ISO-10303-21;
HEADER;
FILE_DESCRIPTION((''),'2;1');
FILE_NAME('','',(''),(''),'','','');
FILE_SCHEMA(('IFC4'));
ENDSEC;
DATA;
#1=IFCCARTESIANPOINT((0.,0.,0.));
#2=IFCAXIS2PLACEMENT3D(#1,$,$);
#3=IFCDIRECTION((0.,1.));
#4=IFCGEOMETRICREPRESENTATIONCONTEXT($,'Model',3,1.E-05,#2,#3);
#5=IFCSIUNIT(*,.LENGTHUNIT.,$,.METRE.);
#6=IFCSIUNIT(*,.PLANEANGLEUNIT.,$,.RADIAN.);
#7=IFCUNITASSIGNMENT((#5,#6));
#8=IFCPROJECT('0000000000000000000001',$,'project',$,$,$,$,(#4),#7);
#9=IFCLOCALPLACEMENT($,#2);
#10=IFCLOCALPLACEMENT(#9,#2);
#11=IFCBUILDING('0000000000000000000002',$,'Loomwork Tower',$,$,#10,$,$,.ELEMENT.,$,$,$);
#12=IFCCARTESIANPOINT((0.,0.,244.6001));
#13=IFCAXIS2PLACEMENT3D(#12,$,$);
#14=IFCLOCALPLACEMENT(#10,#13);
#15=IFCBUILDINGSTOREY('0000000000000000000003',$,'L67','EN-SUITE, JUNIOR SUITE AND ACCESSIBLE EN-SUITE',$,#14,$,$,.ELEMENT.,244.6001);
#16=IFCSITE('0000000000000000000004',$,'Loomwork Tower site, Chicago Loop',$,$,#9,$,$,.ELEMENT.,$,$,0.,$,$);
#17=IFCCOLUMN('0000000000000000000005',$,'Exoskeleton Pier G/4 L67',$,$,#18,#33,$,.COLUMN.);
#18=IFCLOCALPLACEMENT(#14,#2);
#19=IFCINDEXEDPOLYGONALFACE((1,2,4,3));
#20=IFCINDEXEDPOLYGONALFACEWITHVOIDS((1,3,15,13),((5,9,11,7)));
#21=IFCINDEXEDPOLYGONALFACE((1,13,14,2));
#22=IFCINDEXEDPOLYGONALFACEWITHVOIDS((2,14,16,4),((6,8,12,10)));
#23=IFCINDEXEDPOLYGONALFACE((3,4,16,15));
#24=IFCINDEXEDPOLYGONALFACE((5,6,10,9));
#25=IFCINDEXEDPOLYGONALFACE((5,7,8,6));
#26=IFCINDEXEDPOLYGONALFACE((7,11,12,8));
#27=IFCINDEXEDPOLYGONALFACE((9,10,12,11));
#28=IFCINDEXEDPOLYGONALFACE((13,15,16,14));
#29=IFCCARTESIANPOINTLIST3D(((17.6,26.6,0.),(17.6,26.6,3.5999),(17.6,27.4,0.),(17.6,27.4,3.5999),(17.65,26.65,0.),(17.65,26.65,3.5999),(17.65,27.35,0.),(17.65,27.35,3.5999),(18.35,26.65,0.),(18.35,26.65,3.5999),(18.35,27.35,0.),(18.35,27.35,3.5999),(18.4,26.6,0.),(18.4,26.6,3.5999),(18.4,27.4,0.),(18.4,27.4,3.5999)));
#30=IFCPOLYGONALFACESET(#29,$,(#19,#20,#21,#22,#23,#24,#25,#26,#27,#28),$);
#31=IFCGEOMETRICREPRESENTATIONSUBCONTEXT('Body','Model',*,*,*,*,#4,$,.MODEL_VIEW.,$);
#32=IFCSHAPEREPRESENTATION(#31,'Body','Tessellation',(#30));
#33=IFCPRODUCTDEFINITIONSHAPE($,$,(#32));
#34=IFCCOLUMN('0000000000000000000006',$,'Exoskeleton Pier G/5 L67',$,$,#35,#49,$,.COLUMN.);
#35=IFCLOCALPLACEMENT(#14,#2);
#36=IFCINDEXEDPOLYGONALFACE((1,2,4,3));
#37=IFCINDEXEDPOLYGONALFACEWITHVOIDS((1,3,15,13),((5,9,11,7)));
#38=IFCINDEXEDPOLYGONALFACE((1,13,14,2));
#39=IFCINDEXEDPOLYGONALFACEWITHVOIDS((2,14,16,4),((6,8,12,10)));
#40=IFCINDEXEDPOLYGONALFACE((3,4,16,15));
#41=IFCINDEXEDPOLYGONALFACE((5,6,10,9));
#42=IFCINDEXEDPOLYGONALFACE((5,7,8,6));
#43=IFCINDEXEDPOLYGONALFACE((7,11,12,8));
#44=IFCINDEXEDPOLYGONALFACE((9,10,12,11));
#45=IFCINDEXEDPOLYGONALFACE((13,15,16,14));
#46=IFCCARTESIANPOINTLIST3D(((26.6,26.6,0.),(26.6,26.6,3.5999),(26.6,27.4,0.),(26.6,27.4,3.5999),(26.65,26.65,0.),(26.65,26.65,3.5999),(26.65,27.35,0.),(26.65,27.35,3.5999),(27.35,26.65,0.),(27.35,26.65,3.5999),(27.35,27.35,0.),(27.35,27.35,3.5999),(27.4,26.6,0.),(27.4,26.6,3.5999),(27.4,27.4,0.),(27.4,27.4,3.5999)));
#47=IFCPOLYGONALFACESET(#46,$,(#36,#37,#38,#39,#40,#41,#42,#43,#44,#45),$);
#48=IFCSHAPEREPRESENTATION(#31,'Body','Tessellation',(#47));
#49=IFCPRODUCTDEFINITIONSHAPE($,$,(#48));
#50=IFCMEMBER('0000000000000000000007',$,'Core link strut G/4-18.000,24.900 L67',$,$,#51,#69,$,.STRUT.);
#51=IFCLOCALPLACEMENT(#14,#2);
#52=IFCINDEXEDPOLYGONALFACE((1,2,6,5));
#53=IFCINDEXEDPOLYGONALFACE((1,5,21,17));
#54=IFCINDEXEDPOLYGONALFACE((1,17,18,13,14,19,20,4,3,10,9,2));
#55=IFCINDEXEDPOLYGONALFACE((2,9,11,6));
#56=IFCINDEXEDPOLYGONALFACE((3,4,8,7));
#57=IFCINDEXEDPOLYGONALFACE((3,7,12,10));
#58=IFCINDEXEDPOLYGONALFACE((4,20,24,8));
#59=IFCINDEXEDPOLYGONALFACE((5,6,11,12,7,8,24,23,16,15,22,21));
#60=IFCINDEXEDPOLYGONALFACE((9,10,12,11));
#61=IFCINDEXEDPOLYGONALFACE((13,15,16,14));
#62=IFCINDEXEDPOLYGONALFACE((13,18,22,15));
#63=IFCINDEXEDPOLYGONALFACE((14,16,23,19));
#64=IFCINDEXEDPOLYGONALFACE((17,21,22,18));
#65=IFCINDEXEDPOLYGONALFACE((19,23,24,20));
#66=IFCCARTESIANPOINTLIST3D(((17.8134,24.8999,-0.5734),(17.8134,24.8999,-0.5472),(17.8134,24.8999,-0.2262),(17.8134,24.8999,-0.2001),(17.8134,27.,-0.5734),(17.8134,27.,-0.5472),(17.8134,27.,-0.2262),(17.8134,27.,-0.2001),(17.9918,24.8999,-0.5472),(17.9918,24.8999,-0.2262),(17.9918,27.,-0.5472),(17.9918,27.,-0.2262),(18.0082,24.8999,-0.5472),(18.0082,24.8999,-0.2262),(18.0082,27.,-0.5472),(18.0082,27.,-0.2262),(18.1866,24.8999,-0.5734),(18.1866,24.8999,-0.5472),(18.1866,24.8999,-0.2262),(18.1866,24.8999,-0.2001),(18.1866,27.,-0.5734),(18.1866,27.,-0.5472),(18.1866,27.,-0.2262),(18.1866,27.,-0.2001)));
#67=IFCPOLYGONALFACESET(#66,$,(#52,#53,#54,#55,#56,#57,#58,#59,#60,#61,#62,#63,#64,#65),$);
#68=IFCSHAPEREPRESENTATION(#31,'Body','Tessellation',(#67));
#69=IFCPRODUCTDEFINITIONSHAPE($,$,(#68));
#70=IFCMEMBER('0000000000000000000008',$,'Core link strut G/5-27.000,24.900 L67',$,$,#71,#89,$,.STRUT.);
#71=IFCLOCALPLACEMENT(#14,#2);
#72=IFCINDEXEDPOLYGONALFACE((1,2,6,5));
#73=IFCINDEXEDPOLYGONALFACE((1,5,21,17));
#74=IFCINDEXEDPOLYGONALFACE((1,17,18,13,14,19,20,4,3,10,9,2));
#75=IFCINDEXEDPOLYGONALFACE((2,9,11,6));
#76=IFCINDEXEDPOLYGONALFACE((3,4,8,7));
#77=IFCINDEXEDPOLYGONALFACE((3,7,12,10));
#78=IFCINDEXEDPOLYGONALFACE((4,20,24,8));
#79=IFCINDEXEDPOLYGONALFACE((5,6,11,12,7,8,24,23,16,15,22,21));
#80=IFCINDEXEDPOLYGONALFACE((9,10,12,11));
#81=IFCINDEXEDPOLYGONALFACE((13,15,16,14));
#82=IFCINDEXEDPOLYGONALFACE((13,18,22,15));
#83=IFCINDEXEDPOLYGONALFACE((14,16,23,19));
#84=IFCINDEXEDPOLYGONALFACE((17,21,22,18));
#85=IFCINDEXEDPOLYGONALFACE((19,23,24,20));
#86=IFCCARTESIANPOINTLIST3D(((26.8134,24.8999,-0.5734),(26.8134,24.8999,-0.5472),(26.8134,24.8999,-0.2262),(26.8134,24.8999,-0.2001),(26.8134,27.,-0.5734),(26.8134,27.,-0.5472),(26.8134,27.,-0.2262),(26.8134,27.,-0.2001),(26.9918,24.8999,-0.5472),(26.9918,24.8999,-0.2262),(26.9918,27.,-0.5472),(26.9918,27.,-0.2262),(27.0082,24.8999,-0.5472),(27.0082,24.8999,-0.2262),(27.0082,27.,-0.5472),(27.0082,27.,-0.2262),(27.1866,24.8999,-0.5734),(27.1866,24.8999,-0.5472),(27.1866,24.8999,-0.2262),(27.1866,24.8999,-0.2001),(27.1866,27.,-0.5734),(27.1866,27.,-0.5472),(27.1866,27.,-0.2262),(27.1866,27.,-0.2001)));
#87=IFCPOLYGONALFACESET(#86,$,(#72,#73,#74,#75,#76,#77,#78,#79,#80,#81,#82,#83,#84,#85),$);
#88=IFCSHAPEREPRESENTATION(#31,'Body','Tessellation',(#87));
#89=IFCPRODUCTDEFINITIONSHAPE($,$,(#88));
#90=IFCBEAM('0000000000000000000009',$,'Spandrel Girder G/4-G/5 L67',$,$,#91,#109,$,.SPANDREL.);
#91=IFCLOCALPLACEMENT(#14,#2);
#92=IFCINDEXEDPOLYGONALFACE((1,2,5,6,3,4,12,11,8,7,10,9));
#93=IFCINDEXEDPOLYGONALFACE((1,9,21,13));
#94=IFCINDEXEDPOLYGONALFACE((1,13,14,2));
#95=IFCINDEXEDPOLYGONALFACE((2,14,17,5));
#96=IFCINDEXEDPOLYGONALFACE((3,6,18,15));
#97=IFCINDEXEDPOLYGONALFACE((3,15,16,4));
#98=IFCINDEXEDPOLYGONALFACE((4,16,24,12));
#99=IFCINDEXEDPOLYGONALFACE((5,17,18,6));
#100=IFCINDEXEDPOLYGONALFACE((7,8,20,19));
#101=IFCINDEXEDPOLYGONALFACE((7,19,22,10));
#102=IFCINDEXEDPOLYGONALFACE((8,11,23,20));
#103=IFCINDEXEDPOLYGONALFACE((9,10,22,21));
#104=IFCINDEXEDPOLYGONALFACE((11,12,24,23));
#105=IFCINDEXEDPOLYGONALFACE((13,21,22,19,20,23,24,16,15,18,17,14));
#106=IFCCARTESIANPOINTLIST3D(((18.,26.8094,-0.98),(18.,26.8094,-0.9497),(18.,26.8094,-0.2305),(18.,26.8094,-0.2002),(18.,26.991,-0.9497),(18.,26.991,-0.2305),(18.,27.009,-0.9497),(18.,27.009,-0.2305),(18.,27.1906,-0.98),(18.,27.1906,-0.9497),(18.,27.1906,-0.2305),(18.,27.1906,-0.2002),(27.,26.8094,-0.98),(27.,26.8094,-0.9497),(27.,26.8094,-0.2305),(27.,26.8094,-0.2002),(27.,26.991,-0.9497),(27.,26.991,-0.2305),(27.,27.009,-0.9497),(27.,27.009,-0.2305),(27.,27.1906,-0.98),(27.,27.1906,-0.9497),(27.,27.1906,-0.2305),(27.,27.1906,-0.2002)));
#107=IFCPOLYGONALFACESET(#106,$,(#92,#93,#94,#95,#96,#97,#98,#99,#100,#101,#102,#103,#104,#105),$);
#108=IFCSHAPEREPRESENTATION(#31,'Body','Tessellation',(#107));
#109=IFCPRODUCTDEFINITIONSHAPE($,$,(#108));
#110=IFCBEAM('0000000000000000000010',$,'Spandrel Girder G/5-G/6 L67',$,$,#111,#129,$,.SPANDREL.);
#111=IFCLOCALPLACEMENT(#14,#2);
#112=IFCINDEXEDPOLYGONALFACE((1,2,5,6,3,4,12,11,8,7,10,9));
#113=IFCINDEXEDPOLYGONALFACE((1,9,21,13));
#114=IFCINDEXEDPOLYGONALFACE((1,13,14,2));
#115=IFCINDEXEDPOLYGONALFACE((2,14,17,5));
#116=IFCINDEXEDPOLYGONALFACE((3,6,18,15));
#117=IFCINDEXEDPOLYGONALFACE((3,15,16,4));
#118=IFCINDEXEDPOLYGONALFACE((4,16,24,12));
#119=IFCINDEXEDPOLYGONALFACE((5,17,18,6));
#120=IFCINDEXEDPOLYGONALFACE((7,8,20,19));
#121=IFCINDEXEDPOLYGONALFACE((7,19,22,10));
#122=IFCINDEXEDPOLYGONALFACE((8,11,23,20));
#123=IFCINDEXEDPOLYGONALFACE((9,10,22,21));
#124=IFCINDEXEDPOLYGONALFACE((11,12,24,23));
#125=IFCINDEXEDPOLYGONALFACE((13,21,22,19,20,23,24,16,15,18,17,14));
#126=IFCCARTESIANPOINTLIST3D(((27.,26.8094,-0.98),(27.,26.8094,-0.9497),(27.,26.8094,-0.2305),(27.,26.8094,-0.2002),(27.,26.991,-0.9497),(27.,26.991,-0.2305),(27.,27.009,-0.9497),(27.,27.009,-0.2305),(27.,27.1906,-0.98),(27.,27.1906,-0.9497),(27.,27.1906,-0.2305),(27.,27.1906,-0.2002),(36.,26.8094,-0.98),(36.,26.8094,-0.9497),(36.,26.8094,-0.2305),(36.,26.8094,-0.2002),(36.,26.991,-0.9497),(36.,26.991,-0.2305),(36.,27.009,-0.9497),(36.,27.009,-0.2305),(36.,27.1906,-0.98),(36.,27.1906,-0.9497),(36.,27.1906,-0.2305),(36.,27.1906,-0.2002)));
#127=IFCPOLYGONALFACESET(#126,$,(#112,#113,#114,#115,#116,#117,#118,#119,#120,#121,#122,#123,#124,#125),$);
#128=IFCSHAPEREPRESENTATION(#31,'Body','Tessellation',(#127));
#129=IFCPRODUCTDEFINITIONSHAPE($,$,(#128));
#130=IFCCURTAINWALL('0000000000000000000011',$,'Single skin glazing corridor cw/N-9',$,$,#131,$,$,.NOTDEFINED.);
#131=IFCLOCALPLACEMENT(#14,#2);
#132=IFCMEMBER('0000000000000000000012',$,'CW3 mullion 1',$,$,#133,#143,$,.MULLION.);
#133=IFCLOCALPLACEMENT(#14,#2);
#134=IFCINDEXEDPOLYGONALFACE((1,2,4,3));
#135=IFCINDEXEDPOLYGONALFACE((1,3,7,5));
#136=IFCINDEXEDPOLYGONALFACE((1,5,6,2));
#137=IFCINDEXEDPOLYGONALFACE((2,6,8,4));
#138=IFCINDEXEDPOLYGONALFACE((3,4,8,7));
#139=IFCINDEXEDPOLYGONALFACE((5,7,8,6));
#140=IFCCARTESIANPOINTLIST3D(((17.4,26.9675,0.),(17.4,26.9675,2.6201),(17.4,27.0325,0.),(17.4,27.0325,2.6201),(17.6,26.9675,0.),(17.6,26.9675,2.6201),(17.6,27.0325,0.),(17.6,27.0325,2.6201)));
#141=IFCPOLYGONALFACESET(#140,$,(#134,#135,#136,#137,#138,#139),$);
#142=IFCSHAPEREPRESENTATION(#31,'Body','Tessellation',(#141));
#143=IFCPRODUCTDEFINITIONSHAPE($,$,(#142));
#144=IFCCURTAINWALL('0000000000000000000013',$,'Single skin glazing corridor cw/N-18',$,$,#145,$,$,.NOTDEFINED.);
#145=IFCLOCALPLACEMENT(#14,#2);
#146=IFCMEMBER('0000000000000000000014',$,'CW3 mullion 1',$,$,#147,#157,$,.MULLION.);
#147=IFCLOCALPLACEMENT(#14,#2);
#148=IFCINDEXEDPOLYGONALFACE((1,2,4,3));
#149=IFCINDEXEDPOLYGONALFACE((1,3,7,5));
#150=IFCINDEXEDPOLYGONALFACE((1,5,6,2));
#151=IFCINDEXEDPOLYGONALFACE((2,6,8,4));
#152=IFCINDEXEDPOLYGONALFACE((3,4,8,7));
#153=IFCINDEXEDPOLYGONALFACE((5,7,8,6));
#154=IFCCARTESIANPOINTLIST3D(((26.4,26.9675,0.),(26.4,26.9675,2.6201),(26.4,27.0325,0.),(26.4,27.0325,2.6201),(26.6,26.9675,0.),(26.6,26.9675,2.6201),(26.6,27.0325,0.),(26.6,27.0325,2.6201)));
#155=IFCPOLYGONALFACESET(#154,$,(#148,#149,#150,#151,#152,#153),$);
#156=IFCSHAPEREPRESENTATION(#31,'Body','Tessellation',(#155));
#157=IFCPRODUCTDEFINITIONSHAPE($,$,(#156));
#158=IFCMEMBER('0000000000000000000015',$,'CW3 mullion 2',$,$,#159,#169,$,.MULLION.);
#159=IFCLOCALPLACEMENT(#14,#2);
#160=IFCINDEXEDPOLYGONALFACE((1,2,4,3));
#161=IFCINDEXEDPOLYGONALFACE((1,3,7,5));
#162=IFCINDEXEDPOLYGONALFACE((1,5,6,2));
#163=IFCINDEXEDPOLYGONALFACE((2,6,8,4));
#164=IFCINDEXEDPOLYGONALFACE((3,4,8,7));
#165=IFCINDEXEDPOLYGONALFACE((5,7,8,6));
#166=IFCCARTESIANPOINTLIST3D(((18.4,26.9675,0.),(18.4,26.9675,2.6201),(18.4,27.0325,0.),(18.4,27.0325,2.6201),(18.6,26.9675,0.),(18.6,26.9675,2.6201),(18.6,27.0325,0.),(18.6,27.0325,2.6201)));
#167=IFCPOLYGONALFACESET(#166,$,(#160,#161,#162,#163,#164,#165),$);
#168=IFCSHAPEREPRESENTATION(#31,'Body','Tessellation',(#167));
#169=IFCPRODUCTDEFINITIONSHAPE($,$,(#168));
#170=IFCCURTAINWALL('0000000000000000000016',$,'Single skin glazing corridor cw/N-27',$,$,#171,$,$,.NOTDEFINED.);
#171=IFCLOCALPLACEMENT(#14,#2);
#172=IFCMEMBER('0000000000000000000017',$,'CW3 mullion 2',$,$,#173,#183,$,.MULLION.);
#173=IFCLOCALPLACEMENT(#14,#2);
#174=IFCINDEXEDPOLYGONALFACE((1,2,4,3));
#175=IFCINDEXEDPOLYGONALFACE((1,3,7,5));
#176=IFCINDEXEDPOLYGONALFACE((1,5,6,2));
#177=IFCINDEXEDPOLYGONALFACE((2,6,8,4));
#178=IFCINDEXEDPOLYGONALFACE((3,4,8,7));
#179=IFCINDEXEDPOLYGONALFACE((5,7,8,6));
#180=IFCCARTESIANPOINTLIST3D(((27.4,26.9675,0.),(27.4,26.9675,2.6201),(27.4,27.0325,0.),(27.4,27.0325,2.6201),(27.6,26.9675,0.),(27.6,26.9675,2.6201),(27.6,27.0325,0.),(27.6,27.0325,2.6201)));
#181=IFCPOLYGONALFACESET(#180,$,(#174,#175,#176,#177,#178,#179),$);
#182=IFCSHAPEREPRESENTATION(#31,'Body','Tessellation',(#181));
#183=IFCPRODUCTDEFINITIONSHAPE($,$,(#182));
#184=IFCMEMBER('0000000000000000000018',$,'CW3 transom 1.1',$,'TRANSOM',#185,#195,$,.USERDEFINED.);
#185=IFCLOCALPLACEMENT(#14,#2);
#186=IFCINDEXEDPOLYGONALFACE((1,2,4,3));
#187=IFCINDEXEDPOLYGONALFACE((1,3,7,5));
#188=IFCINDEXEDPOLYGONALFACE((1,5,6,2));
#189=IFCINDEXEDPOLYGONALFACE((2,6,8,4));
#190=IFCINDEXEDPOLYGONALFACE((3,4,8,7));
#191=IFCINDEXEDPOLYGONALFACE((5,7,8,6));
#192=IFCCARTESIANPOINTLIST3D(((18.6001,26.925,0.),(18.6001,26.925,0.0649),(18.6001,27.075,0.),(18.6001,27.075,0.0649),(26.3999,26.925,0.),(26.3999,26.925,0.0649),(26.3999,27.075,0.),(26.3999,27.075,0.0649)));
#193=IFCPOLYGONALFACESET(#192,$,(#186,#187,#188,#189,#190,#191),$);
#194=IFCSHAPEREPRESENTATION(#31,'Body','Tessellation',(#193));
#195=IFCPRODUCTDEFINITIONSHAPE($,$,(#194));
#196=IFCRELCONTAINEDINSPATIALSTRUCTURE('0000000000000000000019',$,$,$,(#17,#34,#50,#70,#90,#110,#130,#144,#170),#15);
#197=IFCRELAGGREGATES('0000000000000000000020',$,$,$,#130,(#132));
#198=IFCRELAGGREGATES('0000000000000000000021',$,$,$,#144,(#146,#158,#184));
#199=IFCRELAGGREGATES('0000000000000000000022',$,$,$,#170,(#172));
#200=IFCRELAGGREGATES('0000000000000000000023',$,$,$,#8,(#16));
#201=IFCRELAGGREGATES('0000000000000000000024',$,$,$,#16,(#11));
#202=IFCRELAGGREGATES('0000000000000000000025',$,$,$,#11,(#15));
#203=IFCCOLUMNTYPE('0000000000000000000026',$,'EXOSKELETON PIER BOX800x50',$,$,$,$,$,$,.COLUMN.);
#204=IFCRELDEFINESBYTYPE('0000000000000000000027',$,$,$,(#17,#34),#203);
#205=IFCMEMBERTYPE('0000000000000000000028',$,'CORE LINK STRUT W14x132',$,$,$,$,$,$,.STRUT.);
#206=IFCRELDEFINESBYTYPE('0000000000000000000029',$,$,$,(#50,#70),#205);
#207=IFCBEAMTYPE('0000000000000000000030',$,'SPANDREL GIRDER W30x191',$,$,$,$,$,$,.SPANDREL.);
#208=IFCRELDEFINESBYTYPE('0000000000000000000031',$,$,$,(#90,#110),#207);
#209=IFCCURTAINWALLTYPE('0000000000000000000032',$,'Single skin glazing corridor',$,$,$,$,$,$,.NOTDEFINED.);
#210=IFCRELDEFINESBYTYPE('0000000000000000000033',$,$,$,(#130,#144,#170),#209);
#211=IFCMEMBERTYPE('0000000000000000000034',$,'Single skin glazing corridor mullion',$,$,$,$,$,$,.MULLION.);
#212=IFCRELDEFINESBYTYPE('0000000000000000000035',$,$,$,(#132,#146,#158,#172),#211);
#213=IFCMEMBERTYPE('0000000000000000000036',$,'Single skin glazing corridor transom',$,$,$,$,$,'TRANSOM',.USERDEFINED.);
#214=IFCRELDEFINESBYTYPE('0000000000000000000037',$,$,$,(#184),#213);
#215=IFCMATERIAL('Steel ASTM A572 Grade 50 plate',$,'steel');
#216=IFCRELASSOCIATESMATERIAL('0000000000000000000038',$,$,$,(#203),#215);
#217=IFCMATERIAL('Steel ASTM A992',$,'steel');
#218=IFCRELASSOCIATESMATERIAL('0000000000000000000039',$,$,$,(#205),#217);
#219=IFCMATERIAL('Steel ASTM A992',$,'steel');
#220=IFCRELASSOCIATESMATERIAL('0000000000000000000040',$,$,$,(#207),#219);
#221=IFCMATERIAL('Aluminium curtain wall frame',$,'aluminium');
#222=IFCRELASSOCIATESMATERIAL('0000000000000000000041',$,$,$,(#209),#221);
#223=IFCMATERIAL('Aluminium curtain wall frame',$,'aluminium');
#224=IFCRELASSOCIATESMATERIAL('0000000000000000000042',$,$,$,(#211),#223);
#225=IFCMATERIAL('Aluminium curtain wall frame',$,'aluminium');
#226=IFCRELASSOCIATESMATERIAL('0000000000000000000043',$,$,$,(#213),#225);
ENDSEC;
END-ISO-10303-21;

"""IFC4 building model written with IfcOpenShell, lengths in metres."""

from ifc_helpers import new_model, si_unit, direction, frame, origin, origin_2d, place, context, subcontext, project, spatial, rectangle, hollow_rectangle, i_section, extrude, material, material_profile, profile_set, type_object, element, aggregate, save


model = new_model("IFC4")

# Units and contexts
model_context = context("Model", 3, precision=1e-05, world=origin(), true_north=direction((0.0, 1.0)))
body_context = subcontext(model_context, "Body", "Model", "MODEL_VIEW")
ifc_project = project(units=[si_unit("LENGTHUNIT", "METRE"), si_unit("PLANEANGLEUNIT", "RADIAN")], contexts=[model_context])

# Site, building, storey
site_placement = place(None, origin())
site = spatial("IfcSite", under=ifc_project, at=site_placement, Name="Loomwork Tower site, Chicago Loop", CompositionType="ELEMENT", RefElevation=0.0)
building_placement = place(site_placement, origin())
building = spatial("IfcBuilding", under=site, at=building_placement, Name="Loomwork Tower", CompositionType="ELEMENT")
storey_placement = place(building_placement, frame((0.0, 0.0, 244.6001)))
storey = spatial("IfcBuildingStorey", under=building, at=storey_placement, Name="L67", Description="EN-SUITE, JUNIOR SUITE AND ACCESSIBLE EN-SUITE", CompositionType="ELEMENT", Elevation=244.6001)

# Columns
ifc_material_1 = material(Name="Steel ASTM A572 Grade 50 plate", Category="steel")
ifc_material_profile_1 = material_profile(ifc_material_1, hollow_rectangle(XDim=0.8, YDim=0.8, WallThickness=0.05, at=origin_2d()), Name="BOX800x50")
ifc_profile_set_1 = profile_set([ifc_material_profile_1], Name="Steel ASTM A572 Grade 50 plate")
column_type = type_object("IfcColumnType", Name="EXOSKELETON PIER BOX800x50", PredefinedType="COLUMN", material=ifc_profile_set_1)
for number, where, z_axis, x_axis, name in (
    (1, (18.0, 27.0, 0.0), (0.0, 0.0, 1.0), (1.0, 0.0, 0.0), "Exoskeleton Pier G/4 L67"),
    (2, (27.0, 27.0, 0.0), (0.0, 0.0, 1.0), (1.0, 0.0, 0.0), "Exoskeleton Pier G/5 L67"),
):
    element("IfcColumn", number, at=place(storey_placement, frame(where, z_axis=z_axis, x_axis=x_axis)), inside=storey, type_object=column_type, Name=name, PredefinedType="COLUMN", context=body_context, shape_type="SweptSolid", body=[
        extrude(hollow_rectangle(XDim=0.8, YDim=0.8, WallThickness=0.05, at=origin_2d()), origin(), (0.0, 0.0, 1.0), 3.5999),
    ])

# Members
ifc_material_2 = material(Name="Steel ASTM A992", Category="steel")
ifc_material_profile_2 = material_profile(ifc_material_2, i_section(OverallWidth=0.3733, OverallDepth=0.3733, WebThickness=0.0164, FlangeThickness=0.0261, at=origin_2d()), Name="W14x132")
ifc_profile_set_2 = profile_set([ifc_material_profile_2], Name="Steel ASTM A992")
member_type_1 = type_object("IfcMemberType", Name="CORE LINK STRUT W14x132", PredefinedType="STRUT", material=ifc_profile_set_2)
for number, where, z_axis, x_axis, name in (
    (3, (18.0, 27.0, -0.3867), (0.0, -1.0, 0.0), (1.0, 0.0, 0.0), "Core link strut G/4-18.000,24.900 L67"),
    (4, (27.0, 27.0, -0.3867), (0.0, -1.0, 0.0), (1.0, 0.0, 0.0), "Core link strut G/5-27.000,24.900 L67"),
):
    element("IfcMember", number, at=place(storey_placement, frame(where, z_axis=z_axis, x_axis=x_axis)), inside=storey, type_object=member_type_1, Name=name, PredefinedType="STRUT", context=body_context, shape_type="SweptSolid", body=[
        extrude(i_section(OverallWidth=0.3733, OverallDepth=0.3733, WebThickness=0.0164, FlangeThickness=0.0261, at=origin_2d()), origin(), (0.0, 0.0, 1.0), 2.1001),
    ])

# Beams
ifc_material_3 = material(Name="Steel ASTM A992", Category="steel")
ifc_material_profile_3 = material_profile(ifc_material_3, i_section(OverallWidth=0.3811, OverallDepth=0.7798, WebThickness=0.0181, FlangeThickness=0.0303, at=origin_2d()), Name="W30x191")
ifc_profile_set_3 = profile_set([ifc_material_profile_3], Name="Steel ASTM A992")
beam_type = type_object("IfcBeamType", Name="SPANDREL GIRDER W30x191", PredefinedType="SPANDREL", material=ifc_profile_set_3)
for number, where, z_axis, x_axis, name in (
    (5, (18.0, 27.0, -0.5901), (1.0, 0.0, 0.0), (0.0, 1.0, 0.0), "Spandrel Girder G/4-G/5 L67"),
    (6, (27.0, 27.0, -0.5901), (1.0, 0.0, 0.0), (0.0, 1.0, 0.0), "Spandrel Girder G/5-G/6 L67"),
):
    element("IfcBeam", number, at=place(storey_placement, frame(where, z_axis=z_axis, x_axis=x_axis)), inside=storey, type_object=beam_type, Name=name, PredefinedType="SPANDREL", context=body_context, shape_type="SweptSolid", body=[
        extrude(i_section(OverallWidth=0.3811, OverallDepth=0.7798, WebThickness=0.0181, FlangeThickness=0.0303, at=origin_2d()), origin(), (0.0, 0.0, 1.0), 9.0),
    ])

# Curtain wall, member
ifc_material_4 = material(Name="Aluminium curtain wall frame", Category="aluminium")
curtain_wall_type = type_object("IfcCurtainWallType", Name="Single skin glazing corridor", PredefinedType="NOTDEFINED", material=ifc_material_4)
curtain_wall_1_placement = place(storey_placement, origin())
curtain_wall_1 = element("IfcCurtainWall", 7, at=curtain_wall_1_placement, inside=storey, type_object=curtain_wall_type, Name="Single skin glazing corridor cw/N-9", PredefinedType="NOTDEFINED")
ifc_material_5 = material(Name="Aluminium curtain wall frame", Category="aluminium")
ifc_material_profile_4 = material_profile(ifc_material_5, rectangle(XDim=0.0649, YDim=0.2, at=origin_2d()), Name="AL 65x200")
ifc_profile_set_4 = profile_set([ifc_material_profile_4], Name="Aluminium curtain wall frame")
member_type_2 = type_object("IfcMemberType", Name="Single skin glazing corridor mullion", PredefinedType="MULLION", material=ifc_profile_set_4)
member_1_placement = place(storey_placement, frame((17.5, 27.0, 0.0), z_axis=(0.0, 0.0, 1.0), x_axis=(0.0, -1.0, 0.0)))
member_1 = element("IfcMember", 8, at=member_1_placement, type_object=member_type_2, Name="CW3 mullion 1", PredefinedType="MULLION", context=body_context, shape_type="SweptSolid", body=[
    extrude(rectangle(XDim=0.0649, YDim=0.2, at=origin_2d()), origin(), (0.0, 0.0, 1.0), 2.6201),
])
aggregate(curtain_wall_1, [member_1])

# Curtain wall, members
curtain_wall_2_placement = place(storey_placement, origin())
curtain_wall_2 = element("IfcCurtainWall", 9, at=curtain_wall_2_placement, inside=storey, type_object=curtain_wall_type, Name="Single skin glazing corridor cw/N-18", PredefinedType="NOTDEFINED")
member_2_placement = place(storey_placement, frame((26.5, 27.0, 0.0), z_axis=(0.0, 0.0, 1.0), x_axis=(0.0, -1.0, 0.0)))
member_2 = element("IfcMember", 10, at=member_2_placement, type_object=member_type_2, Name="CW3 mullion 1", PredefinedType="MULLION", context=body_context, shape_type="SweptSolid", body=[
    extrude(rectangle(XDim=0.0649, YDim=0.2, at=origin_2d()), origin(), (0.0, 0.0, 1.0), 2.6201),
])
member_3_placement = place(storey_placement, frame((18.5, 27.0, 0.0), z_axis=(0.0, 0.0, 1.0), x_axis=(0.0, -1.0, 0.0)))
member_3 = element("IfcMember", 11, at=member_3_placement, type_object=member_type_2, Name="CW3 mullion 2", PredefinedType="MULLION", context=body_context, shape_type="SweptSolid", body=[
    extrude(rectangle(XDim=0.0649, YDim=0.2, at=origin_2d()), origin(), (0.0, 0.0, 1.0), 2.6201),
])

# Curtain wall, member
curtain_wall_3_placement = place(storey_placement, origin())
curtain_wall_3 = element("IfcCurtainWall", 12, at=curtain_wall_3_placement, inside=storey, type_object=curtain_wall_type, Name="Single skin glazing corridor cw/N-27", PredefinedType="NOTDEFINED")
member_4_placement = place(storey_placement, frame((27.5, 27.0, 0.0), z_axis=(0.0, 0.0, 1.0), x_axis=(0.0, -1.0, 0.0)))
member_4 = element("IfcMember", 13, at=member_4_placement, type_object=member_type_2, Name="CW3 mullion 2", PredefinedType="MULLION", context=body_context, shape_type="SweptSolid", body=[
    extrude(rectangle(XDim=0.0649, YDim=0.2, at=origin_2d()), origin(), (0.0, 0.0, 1.0), 2.6201),
])

# Member
ifc_material_6 = material(Name="Aluminium curtain wall frame", Category="aluminium")
ifc_material_profile_5 = material_profile(ifc_material_6, rectangle(XDim=0.1499, YDim=0.0649, at=origin_2d()), Name="AL 65x150")
ifc_profile_set_5 = profile_set([ifc_material_profile_5], Name="Aluminium curtain wall frame")
member_type_3 = type_object("IfcMemberType", Name="Single skin glazing corridor transom", ElementType="TRANSOM", PredefinedType="USERDEFINED", material=ifc_profile_set_5)
member_5_placement = place(storey_placement, frame((26.3999, 27.0, 0.0325), z_axis=(-1.0, 0.0, 0.0), x_axis=(0.0, -1.0, 0.0)))
member_5 = element("IfcMember", 14, at=member_5_placement, type_object=member_type_3, Name="CW3 transom 1.1", ObjectType="TRANSOM", PredefinedType="USERDEFINED", context=body_context, shape_type="SweptSolid", body=[
    extrude(rectangle(XDim=0.1499, YDim=0.0649, at=origin_2d()), origin(), (0.0, 0.0, 1.0), 7.7998),
])

aggregate(curtain_wall_2, [member_2, member_3, member_5])
aggregate(curtain_wall_3, [member_4])

save(model, "model.ifc")
